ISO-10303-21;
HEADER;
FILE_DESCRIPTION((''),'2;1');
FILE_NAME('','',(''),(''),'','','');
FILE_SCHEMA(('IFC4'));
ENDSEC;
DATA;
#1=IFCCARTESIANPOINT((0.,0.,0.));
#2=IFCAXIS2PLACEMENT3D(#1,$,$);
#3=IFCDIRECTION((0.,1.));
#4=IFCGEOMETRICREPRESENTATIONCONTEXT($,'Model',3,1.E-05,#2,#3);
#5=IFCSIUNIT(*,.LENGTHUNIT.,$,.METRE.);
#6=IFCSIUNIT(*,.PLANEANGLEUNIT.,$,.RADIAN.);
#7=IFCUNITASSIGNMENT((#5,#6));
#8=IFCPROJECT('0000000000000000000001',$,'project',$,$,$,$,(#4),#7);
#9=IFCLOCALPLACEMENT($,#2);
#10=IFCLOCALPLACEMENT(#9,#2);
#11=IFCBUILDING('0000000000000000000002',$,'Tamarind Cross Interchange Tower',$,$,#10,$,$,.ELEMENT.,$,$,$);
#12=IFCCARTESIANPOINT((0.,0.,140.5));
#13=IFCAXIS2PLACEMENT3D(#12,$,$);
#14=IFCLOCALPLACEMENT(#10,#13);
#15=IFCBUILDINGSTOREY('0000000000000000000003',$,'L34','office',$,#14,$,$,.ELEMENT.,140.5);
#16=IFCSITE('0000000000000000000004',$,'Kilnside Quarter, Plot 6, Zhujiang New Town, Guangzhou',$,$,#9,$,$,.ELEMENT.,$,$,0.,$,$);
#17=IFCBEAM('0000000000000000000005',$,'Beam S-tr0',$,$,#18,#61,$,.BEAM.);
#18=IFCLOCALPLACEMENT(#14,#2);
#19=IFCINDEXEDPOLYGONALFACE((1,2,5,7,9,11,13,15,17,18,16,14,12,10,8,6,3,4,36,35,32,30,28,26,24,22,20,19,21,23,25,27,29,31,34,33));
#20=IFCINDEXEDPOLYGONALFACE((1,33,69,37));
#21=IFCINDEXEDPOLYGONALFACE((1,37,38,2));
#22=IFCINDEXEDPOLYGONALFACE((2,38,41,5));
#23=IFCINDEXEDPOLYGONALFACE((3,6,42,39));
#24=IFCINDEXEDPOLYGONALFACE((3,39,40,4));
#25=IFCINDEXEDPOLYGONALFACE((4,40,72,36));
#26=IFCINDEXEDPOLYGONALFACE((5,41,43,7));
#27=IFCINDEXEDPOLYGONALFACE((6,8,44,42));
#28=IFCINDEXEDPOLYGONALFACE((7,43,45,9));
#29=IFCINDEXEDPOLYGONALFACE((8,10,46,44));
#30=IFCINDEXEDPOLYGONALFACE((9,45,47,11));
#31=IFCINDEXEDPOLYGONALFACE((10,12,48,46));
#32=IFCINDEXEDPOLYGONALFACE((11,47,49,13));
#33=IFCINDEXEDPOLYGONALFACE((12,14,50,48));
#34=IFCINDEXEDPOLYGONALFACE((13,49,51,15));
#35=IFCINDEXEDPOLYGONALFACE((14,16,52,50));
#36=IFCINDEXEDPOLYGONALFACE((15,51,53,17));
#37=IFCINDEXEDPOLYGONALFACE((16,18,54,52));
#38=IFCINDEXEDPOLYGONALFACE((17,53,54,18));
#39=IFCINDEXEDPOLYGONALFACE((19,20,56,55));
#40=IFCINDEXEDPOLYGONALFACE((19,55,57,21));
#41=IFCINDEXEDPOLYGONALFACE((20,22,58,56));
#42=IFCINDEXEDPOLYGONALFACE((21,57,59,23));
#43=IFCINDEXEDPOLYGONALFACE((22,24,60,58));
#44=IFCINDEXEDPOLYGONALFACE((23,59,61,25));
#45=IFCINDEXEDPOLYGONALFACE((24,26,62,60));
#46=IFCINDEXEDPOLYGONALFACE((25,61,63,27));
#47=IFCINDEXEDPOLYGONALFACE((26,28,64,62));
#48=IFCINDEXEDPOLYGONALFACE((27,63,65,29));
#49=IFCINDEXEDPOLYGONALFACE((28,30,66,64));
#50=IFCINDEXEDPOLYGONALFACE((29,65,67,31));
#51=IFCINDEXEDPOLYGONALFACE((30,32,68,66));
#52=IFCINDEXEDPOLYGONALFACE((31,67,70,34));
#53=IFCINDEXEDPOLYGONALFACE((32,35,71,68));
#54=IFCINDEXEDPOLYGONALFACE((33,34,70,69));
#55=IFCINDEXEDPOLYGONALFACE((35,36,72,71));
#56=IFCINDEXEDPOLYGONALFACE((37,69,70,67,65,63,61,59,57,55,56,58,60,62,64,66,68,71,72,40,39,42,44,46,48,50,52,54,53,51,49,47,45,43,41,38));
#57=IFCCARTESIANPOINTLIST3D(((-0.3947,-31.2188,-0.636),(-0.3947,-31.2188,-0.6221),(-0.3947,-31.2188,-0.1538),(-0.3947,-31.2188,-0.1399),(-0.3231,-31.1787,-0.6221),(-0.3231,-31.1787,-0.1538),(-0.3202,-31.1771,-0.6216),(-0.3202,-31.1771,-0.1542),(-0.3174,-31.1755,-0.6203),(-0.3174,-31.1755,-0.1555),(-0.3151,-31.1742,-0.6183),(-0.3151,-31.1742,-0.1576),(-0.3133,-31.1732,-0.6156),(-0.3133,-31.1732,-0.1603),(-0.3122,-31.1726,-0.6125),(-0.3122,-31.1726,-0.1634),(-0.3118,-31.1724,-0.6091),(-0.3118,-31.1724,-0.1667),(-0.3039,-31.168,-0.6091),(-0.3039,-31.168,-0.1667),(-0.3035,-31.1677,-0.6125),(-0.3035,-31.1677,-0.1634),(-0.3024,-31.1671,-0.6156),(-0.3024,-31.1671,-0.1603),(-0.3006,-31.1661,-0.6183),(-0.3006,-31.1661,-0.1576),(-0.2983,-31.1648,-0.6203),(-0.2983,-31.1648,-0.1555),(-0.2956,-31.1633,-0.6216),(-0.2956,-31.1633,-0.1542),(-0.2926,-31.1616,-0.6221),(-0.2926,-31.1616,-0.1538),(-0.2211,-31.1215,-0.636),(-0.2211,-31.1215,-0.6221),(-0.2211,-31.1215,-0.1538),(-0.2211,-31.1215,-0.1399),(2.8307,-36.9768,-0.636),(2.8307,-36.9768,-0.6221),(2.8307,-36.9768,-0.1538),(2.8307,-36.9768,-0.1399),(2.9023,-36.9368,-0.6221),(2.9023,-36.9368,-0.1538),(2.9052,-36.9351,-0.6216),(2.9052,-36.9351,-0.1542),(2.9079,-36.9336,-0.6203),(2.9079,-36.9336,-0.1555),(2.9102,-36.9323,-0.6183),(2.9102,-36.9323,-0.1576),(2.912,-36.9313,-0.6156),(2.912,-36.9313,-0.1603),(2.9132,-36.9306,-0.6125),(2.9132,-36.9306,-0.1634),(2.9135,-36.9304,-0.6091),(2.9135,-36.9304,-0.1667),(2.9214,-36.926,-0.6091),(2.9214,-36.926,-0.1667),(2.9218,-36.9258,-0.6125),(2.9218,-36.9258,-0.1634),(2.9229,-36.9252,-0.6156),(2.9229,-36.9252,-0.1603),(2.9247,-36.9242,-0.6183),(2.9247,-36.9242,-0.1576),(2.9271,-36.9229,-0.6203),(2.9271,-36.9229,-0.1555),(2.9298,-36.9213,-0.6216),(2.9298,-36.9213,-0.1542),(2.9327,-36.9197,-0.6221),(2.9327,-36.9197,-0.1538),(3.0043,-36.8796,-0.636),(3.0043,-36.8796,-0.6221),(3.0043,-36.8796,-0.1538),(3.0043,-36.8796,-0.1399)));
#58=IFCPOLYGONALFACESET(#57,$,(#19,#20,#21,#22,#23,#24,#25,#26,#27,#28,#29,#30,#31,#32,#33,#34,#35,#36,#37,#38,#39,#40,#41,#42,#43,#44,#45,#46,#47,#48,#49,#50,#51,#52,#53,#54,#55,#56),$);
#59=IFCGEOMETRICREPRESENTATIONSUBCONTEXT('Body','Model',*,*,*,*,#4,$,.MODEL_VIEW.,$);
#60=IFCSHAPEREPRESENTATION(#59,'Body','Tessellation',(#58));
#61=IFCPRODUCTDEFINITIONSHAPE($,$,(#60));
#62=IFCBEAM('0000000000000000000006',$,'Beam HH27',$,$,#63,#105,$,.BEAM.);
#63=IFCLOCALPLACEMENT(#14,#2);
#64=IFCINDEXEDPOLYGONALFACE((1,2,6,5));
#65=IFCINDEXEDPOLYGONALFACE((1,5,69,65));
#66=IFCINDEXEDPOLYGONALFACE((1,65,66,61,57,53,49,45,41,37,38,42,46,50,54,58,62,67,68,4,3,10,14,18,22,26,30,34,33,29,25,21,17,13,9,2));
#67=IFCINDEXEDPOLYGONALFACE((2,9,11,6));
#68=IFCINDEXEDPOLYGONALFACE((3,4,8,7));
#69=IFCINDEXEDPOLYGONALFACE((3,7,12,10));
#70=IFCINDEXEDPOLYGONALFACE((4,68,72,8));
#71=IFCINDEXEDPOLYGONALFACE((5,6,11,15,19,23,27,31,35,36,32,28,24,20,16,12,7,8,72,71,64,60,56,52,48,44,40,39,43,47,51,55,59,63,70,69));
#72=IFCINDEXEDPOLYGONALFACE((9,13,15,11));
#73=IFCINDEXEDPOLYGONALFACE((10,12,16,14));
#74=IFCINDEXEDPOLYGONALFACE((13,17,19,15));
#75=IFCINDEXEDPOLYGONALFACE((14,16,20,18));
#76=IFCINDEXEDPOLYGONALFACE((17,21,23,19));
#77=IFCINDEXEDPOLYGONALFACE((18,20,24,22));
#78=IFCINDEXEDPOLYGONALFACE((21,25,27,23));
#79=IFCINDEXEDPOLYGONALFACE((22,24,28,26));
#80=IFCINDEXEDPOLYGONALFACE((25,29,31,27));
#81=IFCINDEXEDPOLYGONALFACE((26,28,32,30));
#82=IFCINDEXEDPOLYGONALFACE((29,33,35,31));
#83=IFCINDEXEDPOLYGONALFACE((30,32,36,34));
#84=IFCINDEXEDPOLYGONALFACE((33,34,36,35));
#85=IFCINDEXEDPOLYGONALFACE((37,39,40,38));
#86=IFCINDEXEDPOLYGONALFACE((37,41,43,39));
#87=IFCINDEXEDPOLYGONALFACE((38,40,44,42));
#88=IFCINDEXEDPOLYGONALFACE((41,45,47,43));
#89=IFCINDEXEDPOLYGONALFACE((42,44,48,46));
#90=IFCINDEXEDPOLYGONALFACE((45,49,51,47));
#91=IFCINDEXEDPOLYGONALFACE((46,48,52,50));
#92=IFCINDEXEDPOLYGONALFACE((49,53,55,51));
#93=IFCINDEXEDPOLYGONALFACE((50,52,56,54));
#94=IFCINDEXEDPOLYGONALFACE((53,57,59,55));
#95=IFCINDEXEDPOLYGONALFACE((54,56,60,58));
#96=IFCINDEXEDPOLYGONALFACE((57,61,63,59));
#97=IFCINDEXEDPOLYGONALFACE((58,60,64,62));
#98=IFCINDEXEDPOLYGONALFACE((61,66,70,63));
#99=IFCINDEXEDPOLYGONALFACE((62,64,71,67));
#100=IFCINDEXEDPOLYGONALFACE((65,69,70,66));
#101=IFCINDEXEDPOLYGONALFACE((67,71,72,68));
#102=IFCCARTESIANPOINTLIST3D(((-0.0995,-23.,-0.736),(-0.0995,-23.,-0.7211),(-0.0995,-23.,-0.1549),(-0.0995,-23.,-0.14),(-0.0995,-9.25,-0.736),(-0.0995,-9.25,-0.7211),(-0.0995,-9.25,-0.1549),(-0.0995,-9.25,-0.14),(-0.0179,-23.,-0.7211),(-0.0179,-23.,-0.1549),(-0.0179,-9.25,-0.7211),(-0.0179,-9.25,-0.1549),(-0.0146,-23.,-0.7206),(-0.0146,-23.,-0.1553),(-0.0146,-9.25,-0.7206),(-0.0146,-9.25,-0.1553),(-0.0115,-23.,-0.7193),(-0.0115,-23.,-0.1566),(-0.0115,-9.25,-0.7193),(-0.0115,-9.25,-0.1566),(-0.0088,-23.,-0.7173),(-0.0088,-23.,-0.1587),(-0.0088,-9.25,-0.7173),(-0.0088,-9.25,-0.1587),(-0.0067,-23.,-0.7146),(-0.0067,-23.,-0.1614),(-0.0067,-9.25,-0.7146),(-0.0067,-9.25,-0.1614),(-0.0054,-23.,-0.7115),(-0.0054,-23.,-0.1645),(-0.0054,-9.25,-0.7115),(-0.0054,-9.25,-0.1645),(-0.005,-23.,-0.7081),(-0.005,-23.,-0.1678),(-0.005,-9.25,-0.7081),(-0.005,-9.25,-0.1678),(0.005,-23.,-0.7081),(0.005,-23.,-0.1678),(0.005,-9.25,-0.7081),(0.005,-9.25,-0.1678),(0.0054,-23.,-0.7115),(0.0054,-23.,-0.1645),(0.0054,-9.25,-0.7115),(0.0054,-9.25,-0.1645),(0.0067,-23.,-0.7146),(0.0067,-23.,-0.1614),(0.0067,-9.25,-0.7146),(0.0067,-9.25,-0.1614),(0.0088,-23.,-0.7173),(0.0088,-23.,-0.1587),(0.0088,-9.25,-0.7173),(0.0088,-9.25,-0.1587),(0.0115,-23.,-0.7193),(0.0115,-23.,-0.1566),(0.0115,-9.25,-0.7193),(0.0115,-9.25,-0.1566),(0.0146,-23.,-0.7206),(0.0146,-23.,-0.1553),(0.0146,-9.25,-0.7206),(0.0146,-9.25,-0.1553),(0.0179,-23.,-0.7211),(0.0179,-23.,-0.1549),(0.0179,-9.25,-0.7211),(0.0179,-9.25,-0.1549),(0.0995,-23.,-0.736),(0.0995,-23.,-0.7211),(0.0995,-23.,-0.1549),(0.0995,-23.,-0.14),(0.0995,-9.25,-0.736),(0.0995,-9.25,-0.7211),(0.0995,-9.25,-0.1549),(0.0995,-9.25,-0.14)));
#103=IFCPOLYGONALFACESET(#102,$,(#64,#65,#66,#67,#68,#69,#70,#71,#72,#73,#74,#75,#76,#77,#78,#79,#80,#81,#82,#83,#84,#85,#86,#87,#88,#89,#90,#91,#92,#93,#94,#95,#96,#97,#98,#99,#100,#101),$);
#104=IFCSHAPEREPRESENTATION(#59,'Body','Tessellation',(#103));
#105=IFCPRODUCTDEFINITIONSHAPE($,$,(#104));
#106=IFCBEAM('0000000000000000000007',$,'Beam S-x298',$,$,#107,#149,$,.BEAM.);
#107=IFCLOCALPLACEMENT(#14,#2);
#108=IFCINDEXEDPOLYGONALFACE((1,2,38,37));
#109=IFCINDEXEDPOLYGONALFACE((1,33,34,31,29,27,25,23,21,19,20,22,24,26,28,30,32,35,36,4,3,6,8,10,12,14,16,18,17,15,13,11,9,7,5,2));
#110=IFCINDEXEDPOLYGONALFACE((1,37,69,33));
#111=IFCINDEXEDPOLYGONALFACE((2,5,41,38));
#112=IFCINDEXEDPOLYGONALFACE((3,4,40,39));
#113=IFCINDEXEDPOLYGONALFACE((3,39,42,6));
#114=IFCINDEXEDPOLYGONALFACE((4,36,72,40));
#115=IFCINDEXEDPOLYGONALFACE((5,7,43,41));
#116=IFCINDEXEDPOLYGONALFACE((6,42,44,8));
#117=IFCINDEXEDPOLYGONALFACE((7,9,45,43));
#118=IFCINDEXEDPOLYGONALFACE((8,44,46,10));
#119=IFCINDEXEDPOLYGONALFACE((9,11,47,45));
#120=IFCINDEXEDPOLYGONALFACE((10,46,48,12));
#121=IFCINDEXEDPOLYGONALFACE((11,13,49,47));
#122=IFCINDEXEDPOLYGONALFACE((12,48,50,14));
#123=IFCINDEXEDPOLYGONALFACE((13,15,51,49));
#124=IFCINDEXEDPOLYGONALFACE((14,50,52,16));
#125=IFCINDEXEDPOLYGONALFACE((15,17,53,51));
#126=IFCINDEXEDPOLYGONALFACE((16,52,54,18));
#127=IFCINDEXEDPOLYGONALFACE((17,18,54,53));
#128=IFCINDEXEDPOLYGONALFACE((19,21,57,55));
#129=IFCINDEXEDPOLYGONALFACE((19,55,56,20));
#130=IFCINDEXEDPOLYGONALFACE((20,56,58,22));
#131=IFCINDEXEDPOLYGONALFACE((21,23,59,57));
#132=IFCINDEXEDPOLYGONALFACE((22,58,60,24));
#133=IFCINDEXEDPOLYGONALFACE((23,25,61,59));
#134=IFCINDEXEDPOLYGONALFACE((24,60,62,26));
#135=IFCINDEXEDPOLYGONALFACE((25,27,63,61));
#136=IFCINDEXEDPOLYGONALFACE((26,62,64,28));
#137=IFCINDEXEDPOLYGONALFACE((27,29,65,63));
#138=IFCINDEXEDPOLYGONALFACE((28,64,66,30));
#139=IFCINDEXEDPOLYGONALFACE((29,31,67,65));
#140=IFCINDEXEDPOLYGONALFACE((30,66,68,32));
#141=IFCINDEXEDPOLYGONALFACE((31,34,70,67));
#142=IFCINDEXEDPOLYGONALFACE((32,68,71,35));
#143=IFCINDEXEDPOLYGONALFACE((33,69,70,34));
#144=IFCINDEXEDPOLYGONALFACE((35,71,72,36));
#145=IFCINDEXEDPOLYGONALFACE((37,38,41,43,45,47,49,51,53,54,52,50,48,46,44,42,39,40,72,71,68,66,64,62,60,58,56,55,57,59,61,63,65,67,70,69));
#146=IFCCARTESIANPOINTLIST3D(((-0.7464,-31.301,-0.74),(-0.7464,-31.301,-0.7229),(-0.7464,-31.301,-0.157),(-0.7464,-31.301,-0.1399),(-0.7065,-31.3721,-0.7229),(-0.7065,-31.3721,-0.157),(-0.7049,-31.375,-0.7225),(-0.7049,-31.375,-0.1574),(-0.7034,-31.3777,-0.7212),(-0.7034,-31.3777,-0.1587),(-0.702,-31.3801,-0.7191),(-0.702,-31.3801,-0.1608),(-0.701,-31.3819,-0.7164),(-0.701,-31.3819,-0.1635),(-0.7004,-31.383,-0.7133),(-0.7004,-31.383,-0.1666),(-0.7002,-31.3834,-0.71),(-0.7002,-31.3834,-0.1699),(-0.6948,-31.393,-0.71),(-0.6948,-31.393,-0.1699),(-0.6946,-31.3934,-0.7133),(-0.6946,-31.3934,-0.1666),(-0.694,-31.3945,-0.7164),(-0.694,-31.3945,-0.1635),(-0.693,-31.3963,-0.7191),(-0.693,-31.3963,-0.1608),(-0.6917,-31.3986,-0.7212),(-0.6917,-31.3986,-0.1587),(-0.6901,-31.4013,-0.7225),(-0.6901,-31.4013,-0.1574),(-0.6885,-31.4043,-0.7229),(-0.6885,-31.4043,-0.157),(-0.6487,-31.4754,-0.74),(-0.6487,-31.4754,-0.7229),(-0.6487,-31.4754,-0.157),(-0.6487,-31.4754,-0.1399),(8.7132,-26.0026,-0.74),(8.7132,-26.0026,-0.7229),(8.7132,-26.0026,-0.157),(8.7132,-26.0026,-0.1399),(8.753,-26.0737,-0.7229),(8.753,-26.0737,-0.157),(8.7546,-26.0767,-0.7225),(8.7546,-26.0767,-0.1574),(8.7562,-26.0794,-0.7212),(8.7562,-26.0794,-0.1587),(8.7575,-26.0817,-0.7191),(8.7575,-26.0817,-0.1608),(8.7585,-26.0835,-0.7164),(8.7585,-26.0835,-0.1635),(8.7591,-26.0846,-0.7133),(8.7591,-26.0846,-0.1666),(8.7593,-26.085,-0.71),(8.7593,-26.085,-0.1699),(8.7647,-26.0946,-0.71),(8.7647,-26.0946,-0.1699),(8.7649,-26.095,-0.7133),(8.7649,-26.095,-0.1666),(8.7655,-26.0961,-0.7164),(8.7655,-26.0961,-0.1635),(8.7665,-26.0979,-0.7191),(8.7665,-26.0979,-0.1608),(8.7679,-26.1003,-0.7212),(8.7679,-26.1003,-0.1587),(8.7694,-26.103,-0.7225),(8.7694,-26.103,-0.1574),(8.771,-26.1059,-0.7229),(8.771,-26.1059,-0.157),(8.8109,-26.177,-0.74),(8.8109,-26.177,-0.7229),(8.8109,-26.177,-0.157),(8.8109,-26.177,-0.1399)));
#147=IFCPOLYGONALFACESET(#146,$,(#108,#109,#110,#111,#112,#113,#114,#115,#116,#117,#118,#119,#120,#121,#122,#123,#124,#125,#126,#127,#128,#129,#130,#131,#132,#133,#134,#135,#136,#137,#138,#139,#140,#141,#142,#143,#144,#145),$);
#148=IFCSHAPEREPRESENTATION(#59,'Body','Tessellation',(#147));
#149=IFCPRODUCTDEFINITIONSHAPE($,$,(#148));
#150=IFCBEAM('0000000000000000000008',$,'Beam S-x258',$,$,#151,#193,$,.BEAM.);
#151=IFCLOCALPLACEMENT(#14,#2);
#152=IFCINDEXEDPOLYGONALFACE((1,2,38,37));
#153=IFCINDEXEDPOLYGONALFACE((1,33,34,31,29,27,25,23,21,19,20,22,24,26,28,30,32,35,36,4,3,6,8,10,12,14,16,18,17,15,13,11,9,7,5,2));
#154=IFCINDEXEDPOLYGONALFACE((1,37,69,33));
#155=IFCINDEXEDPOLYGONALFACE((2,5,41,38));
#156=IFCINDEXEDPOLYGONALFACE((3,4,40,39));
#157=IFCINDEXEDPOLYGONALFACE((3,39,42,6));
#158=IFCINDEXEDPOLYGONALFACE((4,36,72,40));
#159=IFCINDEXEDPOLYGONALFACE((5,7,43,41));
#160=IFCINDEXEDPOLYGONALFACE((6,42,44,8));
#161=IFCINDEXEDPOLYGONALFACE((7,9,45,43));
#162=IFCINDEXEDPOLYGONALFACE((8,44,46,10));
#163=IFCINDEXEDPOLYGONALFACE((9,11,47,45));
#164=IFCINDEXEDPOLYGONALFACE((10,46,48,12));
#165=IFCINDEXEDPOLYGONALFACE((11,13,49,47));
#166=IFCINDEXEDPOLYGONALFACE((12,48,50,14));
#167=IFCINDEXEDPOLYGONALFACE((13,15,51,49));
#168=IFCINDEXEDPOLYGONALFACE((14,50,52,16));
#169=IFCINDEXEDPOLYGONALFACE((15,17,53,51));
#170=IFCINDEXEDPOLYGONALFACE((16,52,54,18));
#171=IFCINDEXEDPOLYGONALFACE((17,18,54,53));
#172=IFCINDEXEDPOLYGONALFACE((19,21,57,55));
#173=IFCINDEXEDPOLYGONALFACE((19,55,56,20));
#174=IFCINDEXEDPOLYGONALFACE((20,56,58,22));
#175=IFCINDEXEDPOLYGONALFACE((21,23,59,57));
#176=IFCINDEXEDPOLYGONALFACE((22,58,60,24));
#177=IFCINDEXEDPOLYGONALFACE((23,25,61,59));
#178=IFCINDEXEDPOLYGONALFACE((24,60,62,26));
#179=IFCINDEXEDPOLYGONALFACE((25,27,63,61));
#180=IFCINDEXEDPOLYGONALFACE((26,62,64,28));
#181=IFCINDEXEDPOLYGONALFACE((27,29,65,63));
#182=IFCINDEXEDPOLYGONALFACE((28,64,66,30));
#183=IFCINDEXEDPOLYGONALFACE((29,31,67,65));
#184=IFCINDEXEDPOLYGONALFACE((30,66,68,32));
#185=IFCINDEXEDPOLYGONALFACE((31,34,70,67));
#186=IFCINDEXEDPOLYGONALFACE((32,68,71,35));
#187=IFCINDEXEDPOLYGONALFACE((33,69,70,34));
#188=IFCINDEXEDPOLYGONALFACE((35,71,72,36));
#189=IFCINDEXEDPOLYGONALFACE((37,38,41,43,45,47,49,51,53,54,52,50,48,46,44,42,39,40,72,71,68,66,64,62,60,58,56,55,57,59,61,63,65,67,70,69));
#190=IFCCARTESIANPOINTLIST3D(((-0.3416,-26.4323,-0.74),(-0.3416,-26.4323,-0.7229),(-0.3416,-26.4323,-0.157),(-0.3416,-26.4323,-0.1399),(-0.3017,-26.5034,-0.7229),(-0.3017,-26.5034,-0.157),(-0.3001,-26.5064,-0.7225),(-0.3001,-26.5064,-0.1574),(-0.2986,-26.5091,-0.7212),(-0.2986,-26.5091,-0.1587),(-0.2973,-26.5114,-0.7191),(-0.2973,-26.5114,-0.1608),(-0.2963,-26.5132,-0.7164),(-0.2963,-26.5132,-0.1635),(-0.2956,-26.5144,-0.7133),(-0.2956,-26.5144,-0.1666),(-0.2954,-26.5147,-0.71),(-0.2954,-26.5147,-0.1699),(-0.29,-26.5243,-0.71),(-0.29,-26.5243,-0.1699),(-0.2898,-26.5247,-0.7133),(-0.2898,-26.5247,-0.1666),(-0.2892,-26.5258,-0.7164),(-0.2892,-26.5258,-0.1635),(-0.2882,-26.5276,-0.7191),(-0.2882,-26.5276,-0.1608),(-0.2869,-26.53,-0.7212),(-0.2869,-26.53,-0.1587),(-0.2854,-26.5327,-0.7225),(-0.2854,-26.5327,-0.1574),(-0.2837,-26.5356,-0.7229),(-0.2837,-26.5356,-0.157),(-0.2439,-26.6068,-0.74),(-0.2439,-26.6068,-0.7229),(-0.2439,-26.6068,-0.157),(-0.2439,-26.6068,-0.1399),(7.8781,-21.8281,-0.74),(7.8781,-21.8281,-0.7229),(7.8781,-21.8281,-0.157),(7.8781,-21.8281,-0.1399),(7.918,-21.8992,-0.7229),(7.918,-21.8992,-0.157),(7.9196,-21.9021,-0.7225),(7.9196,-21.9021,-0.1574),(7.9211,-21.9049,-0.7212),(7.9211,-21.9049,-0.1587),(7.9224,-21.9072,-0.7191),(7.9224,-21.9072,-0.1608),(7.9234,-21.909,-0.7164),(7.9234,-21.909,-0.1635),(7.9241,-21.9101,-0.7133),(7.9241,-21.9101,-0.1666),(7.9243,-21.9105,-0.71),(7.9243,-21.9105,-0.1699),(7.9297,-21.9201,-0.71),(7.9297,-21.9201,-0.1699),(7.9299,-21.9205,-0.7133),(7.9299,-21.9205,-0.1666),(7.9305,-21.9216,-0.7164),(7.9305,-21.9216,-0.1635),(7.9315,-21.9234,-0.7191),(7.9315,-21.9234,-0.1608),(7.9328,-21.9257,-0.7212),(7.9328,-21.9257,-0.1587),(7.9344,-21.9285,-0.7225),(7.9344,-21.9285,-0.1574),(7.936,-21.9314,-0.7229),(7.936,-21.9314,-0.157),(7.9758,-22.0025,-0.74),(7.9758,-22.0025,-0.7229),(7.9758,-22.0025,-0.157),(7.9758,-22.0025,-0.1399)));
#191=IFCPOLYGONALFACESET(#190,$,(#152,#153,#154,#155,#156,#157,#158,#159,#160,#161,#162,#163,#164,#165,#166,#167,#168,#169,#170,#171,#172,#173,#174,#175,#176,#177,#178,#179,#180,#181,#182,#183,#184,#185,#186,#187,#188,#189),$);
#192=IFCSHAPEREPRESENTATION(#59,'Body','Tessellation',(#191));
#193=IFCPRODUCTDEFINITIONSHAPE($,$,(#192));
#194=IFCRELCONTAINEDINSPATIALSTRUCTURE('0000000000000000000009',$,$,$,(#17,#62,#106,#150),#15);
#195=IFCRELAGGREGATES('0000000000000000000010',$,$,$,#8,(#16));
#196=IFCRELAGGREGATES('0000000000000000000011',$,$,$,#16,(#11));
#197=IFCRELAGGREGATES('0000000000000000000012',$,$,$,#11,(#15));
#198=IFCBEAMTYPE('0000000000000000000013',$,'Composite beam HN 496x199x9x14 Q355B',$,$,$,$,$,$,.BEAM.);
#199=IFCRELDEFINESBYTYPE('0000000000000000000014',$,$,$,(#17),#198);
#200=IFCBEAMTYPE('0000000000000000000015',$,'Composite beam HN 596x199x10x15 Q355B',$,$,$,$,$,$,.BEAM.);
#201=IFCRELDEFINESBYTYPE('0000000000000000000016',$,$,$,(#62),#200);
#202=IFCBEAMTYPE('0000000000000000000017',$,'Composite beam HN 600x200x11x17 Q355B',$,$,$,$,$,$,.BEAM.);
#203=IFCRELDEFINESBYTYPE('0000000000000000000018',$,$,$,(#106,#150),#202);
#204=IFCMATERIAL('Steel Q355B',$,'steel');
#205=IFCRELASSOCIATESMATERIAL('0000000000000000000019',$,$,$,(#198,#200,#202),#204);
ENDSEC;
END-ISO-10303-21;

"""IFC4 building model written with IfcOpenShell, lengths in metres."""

from ifc_helpers import new_model, si_unit, direction, frame, origin, origin_2d, place, context, subcontext, project, spatial, i_section, extrude, material, material_profile, profile_set, type_object, element, save


model = new_model("IFC4")

# Units and contexts
model_context = context("Model", 3, precision=1e-05, world=origin(), true_north=direction((0.0, 1.0)))
body_context = subcontext(model_context, "Body", "Model", "MODEL_VIEW")
ifc_project = project(units=[si_unit("LENGTHUNIT", "METRE"), si_unit("PLANEANGLEUNIT", "RADIAN")], contexts=[model_context])

# Site, building, storey
site_placement = place(None, origin())
site = spatial("IfcSite", under=ifc_project, at=site_placement, Name="Kilnside Quarter, Plot 6, Zhujiang New Town, Guangzhou", CompositionType="ELEMENT", RefElevation=0.0)
building_placement = place(site_placement, origin())
building = spatial("IfcBuilding", under=site, at=building_placement, Name="Tamarind Cross Interchange Tower", CompositionType="ELEMENT")
storey_placement = place(building_placement, frame((0.0, 0.0, 140.5)))
storey = spatial("IfcBuildingStorey", under=building, at=storey_placement, Name="L34", Description="office", CompositionType="ELEMENT", Elevation=140.5)

# Beams
ifc_material_1 = material(Name="Steel Q355B", Category="steel")
ifc_material_profile_1 = material_profile(ifc_material_1, i_section(OverallWidth=0.199, OverallDepth=0.4961, WebThickness=0.009, FlangeThickness=0.0139, FilletRadius=0.0129, at=origin_2d()), Name="HN 496x199x9x14")
ifc_profile_set_1 = profile_set([ifc_material_profile_1], Name="Steel Q355B")
beam_type_1 = type_object("IfcBeamType", Name="Composite beam HN 496x199x9x14 Q355B", PredefinedType="BEAM", material=ifc_profile_set_1)
beam_1_placement = place(storey_placement, frame((-0.3079, -31.1702, -0.3879), z_axis=(0.488699, -0.872452, 0.0), x_axis=(0.872452, 0.488699, 0.0)))
element("IfcBeam", 1, at=beam_1_placement, inside=storey, type_object=beam_type_1, Name="Beam S-tr0", PredefinedType="BEAM", context=body_context, shape_type="SweptSolid", body=[
    extrude(i_section(OverallWidth=0.199, OverallDepth=0.4961, WebThickness=0.009, FlangeThickness=0.0139, FilletRadius=0.0129, at=origin_2d()), origin(), (0.0, 0.0, 1.0), 6.5999),
])
ifc_material_profile_2 = material_profile(ifc_material_1, i_section(OverallWidth=0.199, OverallDepth=0.5959, WebThickness=0.01, FlangeThickness=0.0149, FilletRadius=0.0129, at=origin_2d()), Name="HN 596x199x10x15")
ifc_profile_set_2 = profile_set([ifc_material_profile_2], Name="Steel Q355B")
beam_type_2 = type_object("IfcBeamType", Name="Composite beam HN 596x199x10x15 Q355B", PredefinedType="BEAM", material=ifc_profile_set_2)
beam_2_placement = place(storey_placement, frame((0.0, -23.0, -0.438), z_axis=(0.0, 1.0, 0.0), x_axis=(-1.0, 0.0, 0.0)))
element("IfcBeam", 2, at=beam_2_placement, inside=storey, type_object=beam_type_2, Name="Beam HH27", PredefinedType="BEAM", context=body_context, shape_type="SweptSolid", body=[
    extrude(i_section(OverallWidth=0.199, OverallDepth=0.5959, WebThickness=0.01, FlangeThickness=0.0149, FilletRadius=0.0129, at=origin_2d()), origin(), (0.0, 0.0, 1.0), 13.75),
])
ifc_material_profile_3 = material_profile(ifc_material_1, i_section(OverallWidth=0.2, OverallDepth=0.6001, WebThickness=0.011, FlangeThickness=0.0171, FilletRadius=0.0129, at=origin_2d()), Name="HN 600x200x11x17")
ifc_profile_set_3 = profile_set([ifc_material_profile_3], Name="Steel Q355B")
beam_type_3 = type_object("IfcBeamType", Name="Composite beam HN 600x200x11x17 Q355B", PredefinedType="BEAM", material=ifc_profile_set_3)
beam_3_placement = place(storey_placement, frame((-0.6975, -31.3882, -0.4399), z_axis=(0.872465, 0.488676, 0.0), x_axis=(-0.488676, 0.872465, 0.0)))
element("IfcBeam", 3, at=beam_3_placement, inside=storey, type_object=beam_type_3, Name="Beam S-x298", PredefinedType="BEAM", context=body_context, shape_type="SweptSolid", body=[
    extrude(i_section(OverallWidth=0.2, OverallDepth=0.6001, WebThickness=0.011, FlangeThickness=0.0171, FilletRadius=0.0129, at=origin_2d()), origin(), (0.0, 0.0, 1.0), 10.8423),
])
beam_4_placement = place(storey_placement, frame((-0.2927, -26.5195, -0.4399), z_axis=(0.872452, 0.4887, 0.0), x_axis=(-0.4887, 0.872452, 0.0)))
element("IfcBeam", 4, at=beam_4_placement, inside=storey, type_object=beam_type_3, Name="Beam S-x258", PredefinedType="BEAM", context=body_context, shape_type="SweptSolid", body=[
    extrude(i_section(OverallWidth=0.2, OverallDepth=0.6001, WebThickness=0.011, FlangeThickness=0.0171, FilletRadius=0.0129, at=origin_2d()), origin(), (0.0, 0.0, 1.0), 9.4214),
])

save(model, "model.ifc")
